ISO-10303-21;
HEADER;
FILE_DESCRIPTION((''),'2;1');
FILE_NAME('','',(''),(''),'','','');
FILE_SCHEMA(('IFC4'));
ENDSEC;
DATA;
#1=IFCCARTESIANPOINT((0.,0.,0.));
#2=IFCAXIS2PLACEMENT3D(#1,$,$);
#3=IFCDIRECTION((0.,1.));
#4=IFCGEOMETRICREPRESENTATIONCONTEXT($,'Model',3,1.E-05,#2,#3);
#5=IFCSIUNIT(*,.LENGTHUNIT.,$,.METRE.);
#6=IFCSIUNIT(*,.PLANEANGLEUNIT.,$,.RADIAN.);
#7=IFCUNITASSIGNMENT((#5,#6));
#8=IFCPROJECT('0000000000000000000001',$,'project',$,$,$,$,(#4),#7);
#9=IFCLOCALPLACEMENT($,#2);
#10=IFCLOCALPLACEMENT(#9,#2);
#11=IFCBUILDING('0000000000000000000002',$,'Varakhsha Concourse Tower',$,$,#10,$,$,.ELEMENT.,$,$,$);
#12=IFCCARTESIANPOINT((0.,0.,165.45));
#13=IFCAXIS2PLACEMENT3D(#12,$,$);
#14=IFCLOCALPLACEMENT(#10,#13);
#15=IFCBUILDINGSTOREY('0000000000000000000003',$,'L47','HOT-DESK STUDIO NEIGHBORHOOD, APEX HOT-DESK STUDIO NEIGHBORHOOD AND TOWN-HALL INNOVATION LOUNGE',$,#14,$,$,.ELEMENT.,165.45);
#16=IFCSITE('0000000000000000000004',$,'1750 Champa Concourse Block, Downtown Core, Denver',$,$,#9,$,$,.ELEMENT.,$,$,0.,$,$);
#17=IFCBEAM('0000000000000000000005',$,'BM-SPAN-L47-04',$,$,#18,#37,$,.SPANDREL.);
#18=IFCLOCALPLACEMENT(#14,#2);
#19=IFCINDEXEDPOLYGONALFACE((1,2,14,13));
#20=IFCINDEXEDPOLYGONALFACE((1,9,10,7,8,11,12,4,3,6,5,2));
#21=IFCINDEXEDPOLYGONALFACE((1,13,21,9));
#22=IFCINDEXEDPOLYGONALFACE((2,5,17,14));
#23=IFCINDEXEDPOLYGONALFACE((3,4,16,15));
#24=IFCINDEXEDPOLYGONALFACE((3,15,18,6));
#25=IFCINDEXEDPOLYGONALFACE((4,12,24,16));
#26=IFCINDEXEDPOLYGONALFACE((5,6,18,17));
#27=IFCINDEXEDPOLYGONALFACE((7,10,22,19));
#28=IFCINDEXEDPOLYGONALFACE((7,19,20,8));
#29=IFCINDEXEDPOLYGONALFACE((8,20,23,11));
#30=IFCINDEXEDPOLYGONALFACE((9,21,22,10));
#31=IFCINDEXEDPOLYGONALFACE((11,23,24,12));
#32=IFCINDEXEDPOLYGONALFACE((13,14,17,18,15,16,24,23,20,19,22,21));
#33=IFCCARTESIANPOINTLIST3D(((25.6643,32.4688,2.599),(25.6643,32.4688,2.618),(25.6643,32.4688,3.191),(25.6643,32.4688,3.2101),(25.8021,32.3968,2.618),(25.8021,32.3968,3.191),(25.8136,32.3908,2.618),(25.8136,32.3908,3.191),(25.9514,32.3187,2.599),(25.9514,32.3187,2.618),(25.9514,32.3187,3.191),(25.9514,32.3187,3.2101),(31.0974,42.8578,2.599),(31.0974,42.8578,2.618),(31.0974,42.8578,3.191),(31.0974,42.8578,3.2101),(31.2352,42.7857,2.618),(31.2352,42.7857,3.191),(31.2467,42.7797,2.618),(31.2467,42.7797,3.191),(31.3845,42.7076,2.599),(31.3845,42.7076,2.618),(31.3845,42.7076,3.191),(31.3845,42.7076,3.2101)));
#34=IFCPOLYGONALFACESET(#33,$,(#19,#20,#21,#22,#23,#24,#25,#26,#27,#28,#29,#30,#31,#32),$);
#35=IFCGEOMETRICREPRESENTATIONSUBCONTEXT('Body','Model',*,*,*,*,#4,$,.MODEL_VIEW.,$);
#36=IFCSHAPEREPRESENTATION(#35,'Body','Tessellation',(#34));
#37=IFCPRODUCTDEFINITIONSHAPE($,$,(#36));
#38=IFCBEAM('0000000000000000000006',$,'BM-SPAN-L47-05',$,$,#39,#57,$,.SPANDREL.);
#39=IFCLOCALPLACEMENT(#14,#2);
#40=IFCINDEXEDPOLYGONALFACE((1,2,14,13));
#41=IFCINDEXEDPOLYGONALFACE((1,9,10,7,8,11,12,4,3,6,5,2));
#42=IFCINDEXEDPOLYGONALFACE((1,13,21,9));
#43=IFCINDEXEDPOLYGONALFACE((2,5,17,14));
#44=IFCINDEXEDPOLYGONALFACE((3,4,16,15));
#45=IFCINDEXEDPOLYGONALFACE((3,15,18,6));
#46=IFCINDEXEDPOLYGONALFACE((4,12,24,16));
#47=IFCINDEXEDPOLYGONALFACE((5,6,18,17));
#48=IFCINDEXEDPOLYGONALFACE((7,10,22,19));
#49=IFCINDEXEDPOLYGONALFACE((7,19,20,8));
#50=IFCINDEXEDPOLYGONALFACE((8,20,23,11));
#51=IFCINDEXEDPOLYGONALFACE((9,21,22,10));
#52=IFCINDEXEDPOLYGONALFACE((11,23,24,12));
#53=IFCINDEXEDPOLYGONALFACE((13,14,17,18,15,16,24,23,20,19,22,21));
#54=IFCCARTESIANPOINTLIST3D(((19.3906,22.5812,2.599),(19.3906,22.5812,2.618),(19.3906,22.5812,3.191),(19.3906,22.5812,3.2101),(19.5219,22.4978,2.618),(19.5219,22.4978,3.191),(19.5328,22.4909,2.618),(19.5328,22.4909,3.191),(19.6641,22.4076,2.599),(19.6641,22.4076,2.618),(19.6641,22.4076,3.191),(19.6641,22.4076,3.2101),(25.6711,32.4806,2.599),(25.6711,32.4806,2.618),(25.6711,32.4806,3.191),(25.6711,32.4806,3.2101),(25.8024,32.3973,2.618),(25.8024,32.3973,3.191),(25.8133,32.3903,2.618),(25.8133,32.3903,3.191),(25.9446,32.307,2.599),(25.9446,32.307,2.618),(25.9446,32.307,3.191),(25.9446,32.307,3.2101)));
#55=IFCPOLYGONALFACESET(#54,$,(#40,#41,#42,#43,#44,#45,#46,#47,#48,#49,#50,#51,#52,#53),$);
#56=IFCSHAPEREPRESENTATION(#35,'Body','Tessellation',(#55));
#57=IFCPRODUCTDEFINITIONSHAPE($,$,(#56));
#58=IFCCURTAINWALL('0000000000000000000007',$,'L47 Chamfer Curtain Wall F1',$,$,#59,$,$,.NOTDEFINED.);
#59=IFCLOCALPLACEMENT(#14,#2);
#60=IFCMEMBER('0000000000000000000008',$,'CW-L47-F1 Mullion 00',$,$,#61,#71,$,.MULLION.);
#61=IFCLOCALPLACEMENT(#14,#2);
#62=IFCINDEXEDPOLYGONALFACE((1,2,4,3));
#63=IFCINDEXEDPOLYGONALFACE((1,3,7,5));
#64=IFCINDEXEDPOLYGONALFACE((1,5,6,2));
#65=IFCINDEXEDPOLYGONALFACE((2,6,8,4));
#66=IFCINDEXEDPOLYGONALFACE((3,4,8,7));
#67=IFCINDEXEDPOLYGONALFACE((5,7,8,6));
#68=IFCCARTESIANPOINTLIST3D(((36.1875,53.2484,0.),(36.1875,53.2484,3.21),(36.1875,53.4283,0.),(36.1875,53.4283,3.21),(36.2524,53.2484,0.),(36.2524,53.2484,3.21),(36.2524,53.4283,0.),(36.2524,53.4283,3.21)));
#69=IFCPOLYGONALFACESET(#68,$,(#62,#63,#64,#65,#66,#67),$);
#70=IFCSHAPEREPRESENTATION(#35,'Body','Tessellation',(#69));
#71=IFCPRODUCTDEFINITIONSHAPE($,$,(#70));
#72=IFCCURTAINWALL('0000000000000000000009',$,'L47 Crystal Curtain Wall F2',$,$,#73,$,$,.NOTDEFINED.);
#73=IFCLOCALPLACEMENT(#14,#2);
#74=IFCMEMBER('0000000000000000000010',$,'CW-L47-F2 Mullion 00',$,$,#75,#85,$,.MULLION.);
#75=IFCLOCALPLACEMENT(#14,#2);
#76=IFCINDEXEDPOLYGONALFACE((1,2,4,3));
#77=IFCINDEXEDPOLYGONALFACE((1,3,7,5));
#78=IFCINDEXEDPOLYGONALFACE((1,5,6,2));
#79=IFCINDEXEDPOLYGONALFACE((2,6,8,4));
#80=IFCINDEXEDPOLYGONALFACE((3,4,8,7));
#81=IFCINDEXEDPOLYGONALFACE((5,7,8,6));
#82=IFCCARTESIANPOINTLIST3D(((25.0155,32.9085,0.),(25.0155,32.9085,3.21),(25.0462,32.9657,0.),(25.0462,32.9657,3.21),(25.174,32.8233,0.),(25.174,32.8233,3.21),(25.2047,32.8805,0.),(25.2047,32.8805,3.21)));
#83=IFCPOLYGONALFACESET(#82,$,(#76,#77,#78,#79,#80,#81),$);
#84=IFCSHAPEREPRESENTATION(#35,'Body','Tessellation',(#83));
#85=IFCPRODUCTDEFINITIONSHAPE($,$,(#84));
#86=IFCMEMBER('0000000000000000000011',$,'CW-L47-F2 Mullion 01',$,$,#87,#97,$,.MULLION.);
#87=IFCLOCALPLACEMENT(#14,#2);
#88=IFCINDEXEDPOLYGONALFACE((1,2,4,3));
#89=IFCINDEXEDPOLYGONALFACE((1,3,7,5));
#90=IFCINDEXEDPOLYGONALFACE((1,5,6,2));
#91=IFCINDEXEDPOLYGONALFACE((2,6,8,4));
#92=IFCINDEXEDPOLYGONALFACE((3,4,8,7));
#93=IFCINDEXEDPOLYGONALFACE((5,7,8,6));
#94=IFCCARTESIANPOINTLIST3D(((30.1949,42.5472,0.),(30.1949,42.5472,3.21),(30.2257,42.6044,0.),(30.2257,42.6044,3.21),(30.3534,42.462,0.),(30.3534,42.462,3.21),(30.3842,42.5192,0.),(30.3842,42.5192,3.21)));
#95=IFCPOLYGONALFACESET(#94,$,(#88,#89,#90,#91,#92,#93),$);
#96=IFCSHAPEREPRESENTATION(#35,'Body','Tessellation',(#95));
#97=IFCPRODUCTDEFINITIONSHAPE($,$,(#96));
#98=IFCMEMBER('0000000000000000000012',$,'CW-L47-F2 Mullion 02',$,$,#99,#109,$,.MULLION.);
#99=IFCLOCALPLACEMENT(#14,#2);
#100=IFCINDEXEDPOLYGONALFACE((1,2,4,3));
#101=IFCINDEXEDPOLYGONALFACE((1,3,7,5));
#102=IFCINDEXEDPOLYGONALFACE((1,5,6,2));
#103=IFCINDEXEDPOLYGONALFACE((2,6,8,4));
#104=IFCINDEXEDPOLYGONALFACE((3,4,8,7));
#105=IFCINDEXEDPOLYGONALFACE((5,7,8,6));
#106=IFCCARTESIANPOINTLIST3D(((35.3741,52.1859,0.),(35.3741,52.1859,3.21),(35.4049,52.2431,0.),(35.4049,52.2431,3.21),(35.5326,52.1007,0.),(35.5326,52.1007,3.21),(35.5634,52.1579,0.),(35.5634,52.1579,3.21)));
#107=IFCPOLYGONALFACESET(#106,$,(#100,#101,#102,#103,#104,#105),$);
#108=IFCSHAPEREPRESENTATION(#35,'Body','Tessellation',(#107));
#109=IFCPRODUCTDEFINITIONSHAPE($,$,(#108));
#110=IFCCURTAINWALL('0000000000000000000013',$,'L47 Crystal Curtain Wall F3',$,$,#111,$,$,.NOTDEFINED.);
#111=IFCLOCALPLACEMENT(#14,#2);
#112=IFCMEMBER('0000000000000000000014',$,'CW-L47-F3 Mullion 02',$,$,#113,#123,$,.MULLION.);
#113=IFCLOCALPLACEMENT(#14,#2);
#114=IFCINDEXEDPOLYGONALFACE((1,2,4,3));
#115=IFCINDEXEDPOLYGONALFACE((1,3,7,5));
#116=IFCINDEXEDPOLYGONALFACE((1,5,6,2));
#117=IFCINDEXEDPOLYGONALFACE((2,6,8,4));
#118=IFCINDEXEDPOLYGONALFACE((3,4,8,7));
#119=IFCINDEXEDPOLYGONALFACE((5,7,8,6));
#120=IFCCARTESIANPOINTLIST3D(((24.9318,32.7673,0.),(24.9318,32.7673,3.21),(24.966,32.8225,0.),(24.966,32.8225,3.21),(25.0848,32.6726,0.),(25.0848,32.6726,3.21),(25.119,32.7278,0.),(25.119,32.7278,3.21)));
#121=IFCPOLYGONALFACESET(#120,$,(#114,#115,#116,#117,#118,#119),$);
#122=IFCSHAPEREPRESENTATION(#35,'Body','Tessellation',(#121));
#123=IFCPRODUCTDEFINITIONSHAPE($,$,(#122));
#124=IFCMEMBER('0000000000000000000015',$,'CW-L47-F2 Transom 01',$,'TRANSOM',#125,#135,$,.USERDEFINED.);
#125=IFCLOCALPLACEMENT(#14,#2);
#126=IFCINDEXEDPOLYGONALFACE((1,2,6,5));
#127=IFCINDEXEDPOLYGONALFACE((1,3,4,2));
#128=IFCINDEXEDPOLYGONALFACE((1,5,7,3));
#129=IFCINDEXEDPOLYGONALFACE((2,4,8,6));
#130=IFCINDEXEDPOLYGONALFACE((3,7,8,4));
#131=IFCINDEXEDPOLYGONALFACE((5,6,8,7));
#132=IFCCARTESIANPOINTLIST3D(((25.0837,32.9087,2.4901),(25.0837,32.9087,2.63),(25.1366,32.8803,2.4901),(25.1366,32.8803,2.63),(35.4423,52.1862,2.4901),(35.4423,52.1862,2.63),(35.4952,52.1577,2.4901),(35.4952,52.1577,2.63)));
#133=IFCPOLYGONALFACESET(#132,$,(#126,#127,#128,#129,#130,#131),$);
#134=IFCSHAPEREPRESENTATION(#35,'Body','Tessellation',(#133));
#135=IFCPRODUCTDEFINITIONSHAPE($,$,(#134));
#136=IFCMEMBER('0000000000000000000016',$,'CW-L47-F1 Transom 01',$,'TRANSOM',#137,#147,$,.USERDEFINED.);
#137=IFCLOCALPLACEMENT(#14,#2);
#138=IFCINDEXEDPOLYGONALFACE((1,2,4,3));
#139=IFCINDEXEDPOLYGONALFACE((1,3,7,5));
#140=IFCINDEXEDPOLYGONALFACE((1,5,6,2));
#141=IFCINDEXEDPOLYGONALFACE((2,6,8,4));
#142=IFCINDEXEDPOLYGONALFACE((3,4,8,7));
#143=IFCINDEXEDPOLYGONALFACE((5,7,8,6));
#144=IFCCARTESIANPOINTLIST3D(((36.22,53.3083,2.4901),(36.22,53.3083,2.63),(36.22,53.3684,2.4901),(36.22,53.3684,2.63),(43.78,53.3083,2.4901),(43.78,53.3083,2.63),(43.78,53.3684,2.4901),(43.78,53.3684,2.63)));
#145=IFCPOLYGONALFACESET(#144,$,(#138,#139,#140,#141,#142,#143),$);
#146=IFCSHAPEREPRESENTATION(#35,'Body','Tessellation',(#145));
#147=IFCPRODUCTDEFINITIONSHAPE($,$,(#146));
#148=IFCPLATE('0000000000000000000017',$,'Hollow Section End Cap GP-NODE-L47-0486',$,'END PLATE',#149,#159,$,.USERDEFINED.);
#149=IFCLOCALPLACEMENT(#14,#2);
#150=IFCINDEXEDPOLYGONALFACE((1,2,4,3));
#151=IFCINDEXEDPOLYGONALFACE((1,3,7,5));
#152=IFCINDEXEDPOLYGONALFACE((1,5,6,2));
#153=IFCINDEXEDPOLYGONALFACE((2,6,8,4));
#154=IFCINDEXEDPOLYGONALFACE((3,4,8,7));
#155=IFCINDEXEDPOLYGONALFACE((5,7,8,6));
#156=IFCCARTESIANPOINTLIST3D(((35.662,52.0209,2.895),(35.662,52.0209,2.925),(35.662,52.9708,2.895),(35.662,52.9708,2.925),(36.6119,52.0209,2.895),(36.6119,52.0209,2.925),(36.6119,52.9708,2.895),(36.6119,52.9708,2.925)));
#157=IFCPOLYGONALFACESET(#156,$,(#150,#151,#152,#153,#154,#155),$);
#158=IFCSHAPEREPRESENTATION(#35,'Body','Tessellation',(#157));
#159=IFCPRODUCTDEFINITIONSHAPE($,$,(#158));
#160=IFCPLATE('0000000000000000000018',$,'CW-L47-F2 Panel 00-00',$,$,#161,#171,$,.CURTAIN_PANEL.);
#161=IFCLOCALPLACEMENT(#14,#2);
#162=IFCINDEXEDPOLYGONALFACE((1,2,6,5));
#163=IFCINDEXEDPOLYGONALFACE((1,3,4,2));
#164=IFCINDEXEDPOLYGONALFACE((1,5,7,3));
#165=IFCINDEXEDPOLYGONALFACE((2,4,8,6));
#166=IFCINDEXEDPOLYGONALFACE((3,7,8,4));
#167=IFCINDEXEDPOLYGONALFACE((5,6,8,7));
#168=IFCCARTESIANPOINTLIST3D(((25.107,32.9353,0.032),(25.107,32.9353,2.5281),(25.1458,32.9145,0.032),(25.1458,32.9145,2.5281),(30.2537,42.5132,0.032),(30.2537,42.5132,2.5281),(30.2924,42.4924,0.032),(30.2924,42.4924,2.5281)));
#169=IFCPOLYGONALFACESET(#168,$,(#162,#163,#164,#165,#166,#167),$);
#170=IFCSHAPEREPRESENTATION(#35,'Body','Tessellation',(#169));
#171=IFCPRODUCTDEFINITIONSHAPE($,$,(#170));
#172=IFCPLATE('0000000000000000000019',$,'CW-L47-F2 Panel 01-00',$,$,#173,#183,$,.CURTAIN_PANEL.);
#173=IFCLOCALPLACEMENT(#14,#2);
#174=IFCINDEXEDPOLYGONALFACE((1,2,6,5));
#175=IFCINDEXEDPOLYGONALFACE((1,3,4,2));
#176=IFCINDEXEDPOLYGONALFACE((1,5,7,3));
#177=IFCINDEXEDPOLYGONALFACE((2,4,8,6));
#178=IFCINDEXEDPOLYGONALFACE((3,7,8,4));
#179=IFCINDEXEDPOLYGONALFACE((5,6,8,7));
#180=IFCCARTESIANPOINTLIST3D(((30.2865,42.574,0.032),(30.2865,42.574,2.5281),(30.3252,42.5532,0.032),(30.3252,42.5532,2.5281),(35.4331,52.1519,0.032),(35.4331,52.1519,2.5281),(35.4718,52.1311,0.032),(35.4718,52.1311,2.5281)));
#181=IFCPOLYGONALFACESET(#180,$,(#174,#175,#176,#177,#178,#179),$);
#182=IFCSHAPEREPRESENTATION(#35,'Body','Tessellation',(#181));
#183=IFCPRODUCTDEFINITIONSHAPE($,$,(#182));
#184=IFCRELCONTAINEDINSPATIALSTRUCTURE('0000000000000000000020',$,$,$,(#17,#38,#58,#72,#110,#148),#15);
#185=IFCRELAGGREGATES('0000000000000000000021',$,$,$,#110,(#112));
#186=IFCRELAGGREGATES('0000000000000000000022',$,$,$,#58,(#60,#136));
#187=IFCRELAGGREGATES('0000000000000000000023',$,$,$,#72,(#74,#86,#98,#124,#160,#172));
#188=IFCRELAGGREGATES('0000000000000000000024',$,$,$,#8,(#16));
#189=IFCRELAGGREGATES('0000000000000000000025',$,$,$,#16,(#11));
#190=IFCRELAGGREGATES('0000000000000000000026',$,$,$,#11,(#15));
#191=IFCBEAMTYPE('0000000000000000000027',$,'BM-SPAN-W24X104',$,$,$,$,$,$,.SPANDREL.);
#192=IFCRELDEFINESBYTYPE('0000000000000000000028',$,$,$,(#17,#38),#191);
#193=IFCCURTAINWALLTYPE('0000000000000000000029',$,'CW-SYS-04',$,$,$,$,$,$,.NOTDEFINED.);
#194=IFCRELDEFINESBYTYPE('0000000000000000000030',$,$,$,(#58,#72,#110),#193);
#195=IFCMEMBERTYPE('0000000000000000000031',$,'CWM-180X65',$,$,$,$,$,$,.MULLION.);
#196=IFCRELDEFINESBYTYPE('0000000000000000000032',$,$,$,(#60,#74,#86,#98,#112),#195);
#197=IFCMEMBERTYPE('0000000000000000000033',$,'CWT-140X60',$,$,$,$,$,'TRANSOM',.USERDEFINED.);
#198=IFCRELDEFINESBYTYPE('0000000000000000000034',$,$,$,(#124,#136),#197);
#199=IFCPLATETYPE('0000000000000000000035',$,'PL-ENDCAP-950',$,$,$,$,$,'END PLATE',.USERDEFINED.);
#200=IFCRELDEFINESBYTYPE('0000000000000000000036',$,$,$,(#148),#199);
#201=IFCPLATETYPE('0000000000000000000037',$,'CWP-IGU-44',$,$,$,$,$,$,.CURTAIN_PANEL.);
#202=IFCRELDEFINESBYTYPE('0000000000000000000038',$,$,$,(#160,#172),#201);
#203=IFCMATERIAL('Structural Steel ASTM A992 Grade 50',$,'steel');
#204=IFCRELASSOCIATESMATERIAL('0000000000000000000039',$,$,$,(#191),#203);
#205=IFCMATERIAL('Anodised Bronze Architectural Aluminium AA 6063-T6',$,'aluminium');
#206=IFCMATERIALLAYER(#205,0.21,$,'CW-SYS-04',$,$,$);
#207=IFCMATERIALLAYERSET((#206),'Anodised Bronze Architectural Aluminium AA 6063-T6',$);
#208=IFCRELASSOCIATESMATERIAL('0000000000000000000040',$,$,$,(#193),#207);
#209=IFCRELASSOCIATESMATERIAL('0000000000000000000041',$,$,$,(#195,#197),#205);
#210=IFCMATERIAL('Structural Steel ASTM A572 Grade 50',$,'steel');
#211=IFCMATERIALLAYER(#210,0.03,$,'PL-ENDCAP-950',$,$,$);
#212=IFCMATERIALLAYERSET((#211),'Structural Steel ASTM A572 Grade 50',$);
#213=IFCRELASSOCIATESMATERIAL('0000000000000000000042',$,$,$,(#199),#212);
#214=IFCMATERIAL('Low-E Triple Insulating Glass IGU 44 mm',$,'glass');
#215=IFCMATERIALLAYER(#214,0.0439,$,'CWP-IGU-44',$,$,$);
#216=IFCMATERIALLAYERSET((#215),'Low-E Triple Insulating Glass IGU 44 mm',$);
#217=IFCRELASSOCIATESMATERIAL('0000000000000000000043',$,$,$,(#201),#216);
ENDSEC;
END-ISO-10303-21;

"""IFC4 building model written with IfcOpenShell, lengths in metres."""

from ifc_helpers import new_model, si_unit, direction, frame, origin, origin_2d, place, context, subcontext, project, spatial, rectangle, i_section, extrude, source, transform, mapped, material, layer, layer_set, material_profile, profile_set, type_object, type_shapes, element, aggregate, save


model = new_model("IFC4")

# Units and contexts
model_context = context("Model", 3, precision=1e-05, world=origin(), true_north=direction((0.0, 1.0)))
body_context = subcontext(model_context, "Body", "Model", "MODEL_VIEW")
ifc_project = project(units=[si_unit("LENGTHUNIT", "METRE"), si_unit("PLANEANGLEUNIT", "RADIAN")], contexts=[model_context])

# Site, building, storey
site_placement = place(None, origin())
site = spatial("IfcSite", under=ifc_project, at=site_placement, Name="1750 Champa Concourse Block, Downtown Core, Denver", CompositionType="ELEMENT", RefElevation=0.0)
building_placement = place(site_placement, origin())
building = spatial("IfcBuilding", under=site, at=building_placement, Name="Varakhsha Concourse Tower", CompositionType="ELEMENT")
storey_placement = place(building_placement, frame((0.0, 0.0, 165.45)))
storey = spatial("IfcBuildingStorey", under=building, at=storey_placement, Name="L47", Description="HOT-DESK STUDIO NEIGHBORHOOD, APEX HOT-DESK STUDIO NEIGHBORHOOD AND TOWN-HALL INNOVATION LOUNGE", CompositionType="ELEMENT", Elevation=165.45)

# Shared definitions
ifc_material_1 = material(Name="Structural Steel ASTM A992 Grade 50", Category="steel")
ifc_material_2 = material(Name="Structural Steel ASTM A572 Grade 50", Category="steel")

# Beams
ifc_material_profile_1 = material_profile(ifc_material_1, i_section(OverallWidth=0.324, OverallDepth=0.6111, WebThickness=0.0129, FlangeThickness=0.019, at=origin_2d()), Name="W24X104")
ifc_profile_set_1 = profile_set([ifc_material_profile_1], Name="Structural Steel ASTM A992 Grade 50")
beam_type_1 = type_object("IfcBeamType", Name="BM-SPAN-W24X104", PredefinedType="SPANDREL", material=ifc_profile_set_1)
beam_1_placement = place(storey_placement, frame((31.241, 42.7827, 2.9045), z_axis=(-0.463424, -0.886137, 0.0), x_axis=(0.886137, -0.463424, 0.0)))
element("IfcBeam", 1, at=beam_1_placement, inside=storey, type_object=beam_type_1, Name="BM-SPAN-L47-04", PredefinedType="SPANDREL", context=body_context, shape_type="SweptSolid", body=[
    extrude(i_section(OverallWidth=0.324, OverallDepth=0.6111, WebThickness=0.0129, FlangeThickness=0.019, at=origin_2d()), origin(), (0.0, 0.0, 1.0), 11.7239),
])
beam_2_placement = place(storey_placement, frame((25.8079, 32.3938, 2.9045), z_axis=(-0.535715, -0.844399, 0.0), x_axis=(0.844399, -0.535715, 0.0)))
element("IfcBeam", 2, at=beam_2_placement, inside=storey, type_object=beam_type_1, Name="BM-SPAN-L47-05", PredefinedType="SPANDREL", context=body_context, shape_type="SweptSolid", body=[
    extrude(i_section(OverallWidth=0.324, OverallDepth=0.6111, WebThickness=0.0129, FlangeThickness=0.019, at=origin_2d()), origin(), (0.0, 0.0, 1.0), 11.7236),
])

# Curtain wall, member
ifc_material_3 = material(Name="Anodised Bronze Architectural Aluminium AA 6063-T6", Category="aluminium")
ifc_layer_1 = layer(ifc_material_3, 0.21, Name="CW-SYS-04")
ifc_layer_set_1 = layer_set([ifc_layer_1], Name="Anodised Bronze Architectural Aluminium AA 6063-T6")
curtain_wall_type = type_object("IfcCurtainWallType", Name="CW-SYS-04", PredefinedType="NOTDEFINED", material=ifc_layer_set_1)
curtain_wall_1_placement = place(storey_placement, origin())
curtain_wall_1 = element("IfcCurtainWall", 3, at=curtain_wall_1_placement, inside=storey, type_object=curtain_wall_type, Name="L47 Chamfer Curtain Wall F1", PredefinedType="NOTDEFINED")
ifc_material_profile_2 = material_profile(ifc_material_3, rectangle(XDim=0.0649, YDim=0.1799, at=origin_2d()), Name="CWM-180X65")
ifc_profile_set_2 = profile_set([ifc_material_profile_2], Name="Anodised Bronze Architectural Aluminium AA 6063-T6")
member_type_1 = type_object("IfcMemberType", Name="CWM-180X65", PredefinedType="MULLION", material=ifc_profile_set_2)
shared_shape_1 = source(origin(), body_context, "Body", "SweptSolid", [
    extrude(rectangle(XDim=0.0649, YDim=0.1799, at=origin_2d()), origin(), (0.0, 0.0, 1.0), 3.21),
])
type_shapes(member_type_1, [shared_shape_1])
member_1_placement = place(storey_placement, frame((36.22, 53.3384, 0.0), z_axis=(0.0, 0.0, 1.0), x_axis=(1.0, 0.0, 0.0)))
member_1 = element("IfcMember", 4, at=member_1_placement, type_object=member_type_1, Name="CW-L47-F1 Mullion 00", PredefinedType="MULLION", context=body_context, shape_type="MappedRepresentation", body=[
    mapped(shared_shape_1, transform((0.0, 0.0, 0.0), scale=1.0)),
])

# Curtain wall, members
curtain_wall_2_placement = place(storey_placement, origin())
curtain_wall_2 = element("IfcCurtainWall", 5, at=curtain_wall_2_placement, inside=storey, type_object=curtain_wall_type, Name="L47 Crystal Curtain Wall F2", PredefinedType="NOTDEFINED")
member_2_placement = place(storey_placement, frame((25.1101, 32.8945, 0.0), z_axis=(0.0, 0.0, 1.0), x_axis=(0.473337, 0.880882, 0.0)))
member_2 = element("IfcMember", 6, at=member_2_placement, type_object=member_type_1, Name="CW-L47-F2 Mullion 00", PredefinedType="MULLION", context=body_context, shape_type="MappedRepresentation", body=[
    mapped(shared_shape_1, transform((0.0, 0.0, 0.0), scale=1.0)),
])
member_3_placement = place(storey_placement, frame((30.2896, 42.5332, 0.0), z_axis=(0.0, 0.0, 1.0), x_axis=(0.473337, 0.880882, 0.0)))
member_3 = element("IfcMember", 7, at=member_3_placement, type_object=member_type_1, Name="CW-L47-F2 Mullion 01", PredefinedType="MULLION", context=body_context, shape_type="MappedRepresentation", body=[
    mapped(shared_shape_1, transform((0.0, 0.0, 0.0), scale=1.0)),
])
member_4_placement = place(storey_placement, frame((35.4688, 52.1719, 0.0), z_axis=(0.0, 0.0, 1.0), x_axis=(0.473337, 0.880882, 0.0)))
member_4 = element("IfcMember", 8, at=member_4_placement, type_object=member_type_1, Name="CW-L47-F2 Mullion 02", PredefinedType="MULLION", context=body_context, shape_type="MappedRepresentation", body=[
    mapped(shared_shape_1, transform((0.0, 0.0, 0.0), scale=1.0)),
])

# Curtain wall, member
curtain_wall_3_placement = place(storey_placement, origin())
curtain_wall_3 = element("IfcCurtainWall", 9, at=curtain_wall_3_placement, inside=storey, type_object=curtain_wall_type, Name="L47 Crystal Curtain Wall F3", PredefinedType="NOTDEFINED")
member_5_placement = place(storey_placement, frame((25.0254, 32.7476, 0.0), z_axis=(0.0, 0.0, 1.0), x_axis=(0.526199, 0.850361, 0.0)))
member_5 = element("IfcMember", 10, at=member_5_placement, type_object=member_type_1, Name="CW-L47-F3 Mullion 02", PredefinedType="MULLION", context=body_context, shape_type="MappedRepresentation", body=[
    mapped(shared_shape_1, transform((0.0, 0.0, 0.0), scale=1.0)),
])
aggregate(curtain_wall_3, [member_5])

# Members
ifc_material_profile_3 = material_profile(ifc_material_3, rectangle(XDim=0.0601, YDim=0.1399, at=origin_2d()), Name="CWT-140X60")
ifc_profile_set_3 = profile_set([ifc_material_profile_3], Name="Anodised Bronze Architectural Aluminium AA 6063-T6")
member_type_2 = type_object("IfcMemberType", Name="CWT-140X60", ElementType="TRANSOM", PredefinedType="USERDEFINED", material=ifc_profile_set_3)
shared_shape_2 = source(origin(), body_context, "Body", "SweptSolid", [
    extrude(rectangle(XDim=0.0601, YDim=0.1399, at=origin_2d()), origin(), (0.0, 0.0, 1.0), 21.8843),
])
member_6_placement = place(storey_placement, frame((25.1101, 32.8945, 2.5601), z_axis=(0.473339, 0.88088, 0.0), x_axis=(-0.88088, 0.473339, 0.0)))
member_6 = element("IfcMember", 11, at=member_6_placement, type_object=member_type_2, Name="CW-L47-F2 Transom 01", ObjectType="TRANSOM", PredefinedType="USERDEFINED", context=body_context, shape_type="MappedRepresentation", body=[
    mapped(shared_shape_2, transform((0.0, 0.0, 0.0), scale=1.0)),
])
shared_shape_3 = source(origin(), body_context, "Body", "SweptSolid", [
    extrude(rectangle(XDim=0.0601, YDim=0.1399, at=origin_2d()), origin(), (0.0, 0.0, 1.0), 7.5601),
])
type_shapes(member_type_2, [shared_shape_2, shared_shape_3])
member_7_placement = place(storey_placement, frame((36.22, 53.3384, 2.5601), z_axis=(1.0, 0.0, 0.0), x_axis=(0.0, 1.0, 0.0)))
member_7 = element("IfcMember", 12, at=member_7_placement, type_object=member_type_2, Name="CW-L47-F1 Transom 01", ObjectType="TRANSOM", PredefinedType="USERDEFINED", context=body_context, shape_type="MappedRepresentation", body=[
    mapped(shared_shape_3, transform((0.0, 0.0, 0.0), scale=1.0)),
])
aggregate(curtain_wall_1, [member_1, member_7])

# Plates
ifc_layer_2 = layer(ifc_material_2, 0.03, Name="PL-ENDCAP-950")
ifc_layer_set_2 = layer_set([ifc_layer_2], Name="Structural Steel ASTM A572 Grade 50")
plate_type_1 = type_object("IfcPlateType", Name="PL-ENDCAP-950", ElementType="END PLATE", PredefinedType="USERDEFINED", material=ifc_layer_set_2)
shared_shape_4 = source(origin(), body_context, "Body", "SweptSolid", [
    extrude(rectangle(XDim=0.95, YDim=0.95, at=origin_2d()), origin(), (0.0, 0.0, 1.0), 0.03),
])
type_shapes(plate_type_1, [shared_shape_4])
plate_1_placement = place(storey_placement, frame((36.137, 52.4958, 2.895), z_axis=(0.0, 0.0, 1.0), x_axis=(1.0, 0.0, 0.0)))
element("IfcPlate", 13, at=plate_1_placement, inside=storey, type_object=plate_type_1, Name="Hollow Section End Cap GP-NODE-L47-0486", ObjectType="END PLATE", PredefinedType="USERDEFINED", context=body_context, shape_type="MappedRepresentation", body=[
    mapped(shared_shape_4, transform((0.0, 0.0, 0.0), scale=1.0)),
])
ifc_material_4 = material(Name="Low-E Triple Insulating Glass IGU 44 mm", Category="glass")
ifc_layer_3 = layer(ifc_material_4, 0.0439, Name="CWP-IGU-44")
ifc_layer_set_3 = layer_set([ifc_layer_3], Name="Low-E Triple Insulating Glass IGU 44 mm")
plate_type_2 = type_object("IfcPlateType", Name="CWP-IGU-44", PredefinedType="CURTAIN_PANEL", material=ifc_layer_set_3)
shared_shape_5 = source(origin(), body_context, "Body", "SweptSolid", [
    extrude(rectangle(XDim=10.873, YDim=0.0439, at=origin_2d()), origin(), (0.0, 0.0, 1.0), 2.4961),
])
type_shapes(plate_type_2, [shared_shape_5])
plate_2_placement = place(storey_placement, frame((27.6997, 37.7139, 0.032), z_axis=(0.0, 0.0, 1.0), x_axis=(0.473337, 0.880882, 0.0)))
plate_2 = element("IfcPlate", 14, at=plate_2_placement, type_object=plate_type_2, Name="CW-L47-F2 Panel 00-00", PredefinedType="CURTAIN_PANEL", context=body_context, shape_type="MappedRepresentation", body=[
    mapped(shared_shape_5, transform((0.0, 0.0, 0.0), scale=1.0)),
])
plate_3_placement = place(storey_placement, frame((32.8792, 47.3525, 0.032), z_axis=(0.0, 0.0, 1.0), x_axis=(0.473337, 0.880882, 0.0)))
plate_3 = element("IfcPlate", 15, at=plate_3_placement, type_object=plate_type_2, Name="CW-L47-F2 Panel 01-00", PredefinedType="CURTAIN_PANEL", context=body_context, shape_type="MappedRepresentation", body=[
    mapped(shared_shape_5, transform((0.0, 0.0, 0.0), scale=1.0)),
])
aggregate(curtain_wall_2, [member_2, member_3, member_4, member_6, plate_2, plate_3])

save(model, "model.ifc")
